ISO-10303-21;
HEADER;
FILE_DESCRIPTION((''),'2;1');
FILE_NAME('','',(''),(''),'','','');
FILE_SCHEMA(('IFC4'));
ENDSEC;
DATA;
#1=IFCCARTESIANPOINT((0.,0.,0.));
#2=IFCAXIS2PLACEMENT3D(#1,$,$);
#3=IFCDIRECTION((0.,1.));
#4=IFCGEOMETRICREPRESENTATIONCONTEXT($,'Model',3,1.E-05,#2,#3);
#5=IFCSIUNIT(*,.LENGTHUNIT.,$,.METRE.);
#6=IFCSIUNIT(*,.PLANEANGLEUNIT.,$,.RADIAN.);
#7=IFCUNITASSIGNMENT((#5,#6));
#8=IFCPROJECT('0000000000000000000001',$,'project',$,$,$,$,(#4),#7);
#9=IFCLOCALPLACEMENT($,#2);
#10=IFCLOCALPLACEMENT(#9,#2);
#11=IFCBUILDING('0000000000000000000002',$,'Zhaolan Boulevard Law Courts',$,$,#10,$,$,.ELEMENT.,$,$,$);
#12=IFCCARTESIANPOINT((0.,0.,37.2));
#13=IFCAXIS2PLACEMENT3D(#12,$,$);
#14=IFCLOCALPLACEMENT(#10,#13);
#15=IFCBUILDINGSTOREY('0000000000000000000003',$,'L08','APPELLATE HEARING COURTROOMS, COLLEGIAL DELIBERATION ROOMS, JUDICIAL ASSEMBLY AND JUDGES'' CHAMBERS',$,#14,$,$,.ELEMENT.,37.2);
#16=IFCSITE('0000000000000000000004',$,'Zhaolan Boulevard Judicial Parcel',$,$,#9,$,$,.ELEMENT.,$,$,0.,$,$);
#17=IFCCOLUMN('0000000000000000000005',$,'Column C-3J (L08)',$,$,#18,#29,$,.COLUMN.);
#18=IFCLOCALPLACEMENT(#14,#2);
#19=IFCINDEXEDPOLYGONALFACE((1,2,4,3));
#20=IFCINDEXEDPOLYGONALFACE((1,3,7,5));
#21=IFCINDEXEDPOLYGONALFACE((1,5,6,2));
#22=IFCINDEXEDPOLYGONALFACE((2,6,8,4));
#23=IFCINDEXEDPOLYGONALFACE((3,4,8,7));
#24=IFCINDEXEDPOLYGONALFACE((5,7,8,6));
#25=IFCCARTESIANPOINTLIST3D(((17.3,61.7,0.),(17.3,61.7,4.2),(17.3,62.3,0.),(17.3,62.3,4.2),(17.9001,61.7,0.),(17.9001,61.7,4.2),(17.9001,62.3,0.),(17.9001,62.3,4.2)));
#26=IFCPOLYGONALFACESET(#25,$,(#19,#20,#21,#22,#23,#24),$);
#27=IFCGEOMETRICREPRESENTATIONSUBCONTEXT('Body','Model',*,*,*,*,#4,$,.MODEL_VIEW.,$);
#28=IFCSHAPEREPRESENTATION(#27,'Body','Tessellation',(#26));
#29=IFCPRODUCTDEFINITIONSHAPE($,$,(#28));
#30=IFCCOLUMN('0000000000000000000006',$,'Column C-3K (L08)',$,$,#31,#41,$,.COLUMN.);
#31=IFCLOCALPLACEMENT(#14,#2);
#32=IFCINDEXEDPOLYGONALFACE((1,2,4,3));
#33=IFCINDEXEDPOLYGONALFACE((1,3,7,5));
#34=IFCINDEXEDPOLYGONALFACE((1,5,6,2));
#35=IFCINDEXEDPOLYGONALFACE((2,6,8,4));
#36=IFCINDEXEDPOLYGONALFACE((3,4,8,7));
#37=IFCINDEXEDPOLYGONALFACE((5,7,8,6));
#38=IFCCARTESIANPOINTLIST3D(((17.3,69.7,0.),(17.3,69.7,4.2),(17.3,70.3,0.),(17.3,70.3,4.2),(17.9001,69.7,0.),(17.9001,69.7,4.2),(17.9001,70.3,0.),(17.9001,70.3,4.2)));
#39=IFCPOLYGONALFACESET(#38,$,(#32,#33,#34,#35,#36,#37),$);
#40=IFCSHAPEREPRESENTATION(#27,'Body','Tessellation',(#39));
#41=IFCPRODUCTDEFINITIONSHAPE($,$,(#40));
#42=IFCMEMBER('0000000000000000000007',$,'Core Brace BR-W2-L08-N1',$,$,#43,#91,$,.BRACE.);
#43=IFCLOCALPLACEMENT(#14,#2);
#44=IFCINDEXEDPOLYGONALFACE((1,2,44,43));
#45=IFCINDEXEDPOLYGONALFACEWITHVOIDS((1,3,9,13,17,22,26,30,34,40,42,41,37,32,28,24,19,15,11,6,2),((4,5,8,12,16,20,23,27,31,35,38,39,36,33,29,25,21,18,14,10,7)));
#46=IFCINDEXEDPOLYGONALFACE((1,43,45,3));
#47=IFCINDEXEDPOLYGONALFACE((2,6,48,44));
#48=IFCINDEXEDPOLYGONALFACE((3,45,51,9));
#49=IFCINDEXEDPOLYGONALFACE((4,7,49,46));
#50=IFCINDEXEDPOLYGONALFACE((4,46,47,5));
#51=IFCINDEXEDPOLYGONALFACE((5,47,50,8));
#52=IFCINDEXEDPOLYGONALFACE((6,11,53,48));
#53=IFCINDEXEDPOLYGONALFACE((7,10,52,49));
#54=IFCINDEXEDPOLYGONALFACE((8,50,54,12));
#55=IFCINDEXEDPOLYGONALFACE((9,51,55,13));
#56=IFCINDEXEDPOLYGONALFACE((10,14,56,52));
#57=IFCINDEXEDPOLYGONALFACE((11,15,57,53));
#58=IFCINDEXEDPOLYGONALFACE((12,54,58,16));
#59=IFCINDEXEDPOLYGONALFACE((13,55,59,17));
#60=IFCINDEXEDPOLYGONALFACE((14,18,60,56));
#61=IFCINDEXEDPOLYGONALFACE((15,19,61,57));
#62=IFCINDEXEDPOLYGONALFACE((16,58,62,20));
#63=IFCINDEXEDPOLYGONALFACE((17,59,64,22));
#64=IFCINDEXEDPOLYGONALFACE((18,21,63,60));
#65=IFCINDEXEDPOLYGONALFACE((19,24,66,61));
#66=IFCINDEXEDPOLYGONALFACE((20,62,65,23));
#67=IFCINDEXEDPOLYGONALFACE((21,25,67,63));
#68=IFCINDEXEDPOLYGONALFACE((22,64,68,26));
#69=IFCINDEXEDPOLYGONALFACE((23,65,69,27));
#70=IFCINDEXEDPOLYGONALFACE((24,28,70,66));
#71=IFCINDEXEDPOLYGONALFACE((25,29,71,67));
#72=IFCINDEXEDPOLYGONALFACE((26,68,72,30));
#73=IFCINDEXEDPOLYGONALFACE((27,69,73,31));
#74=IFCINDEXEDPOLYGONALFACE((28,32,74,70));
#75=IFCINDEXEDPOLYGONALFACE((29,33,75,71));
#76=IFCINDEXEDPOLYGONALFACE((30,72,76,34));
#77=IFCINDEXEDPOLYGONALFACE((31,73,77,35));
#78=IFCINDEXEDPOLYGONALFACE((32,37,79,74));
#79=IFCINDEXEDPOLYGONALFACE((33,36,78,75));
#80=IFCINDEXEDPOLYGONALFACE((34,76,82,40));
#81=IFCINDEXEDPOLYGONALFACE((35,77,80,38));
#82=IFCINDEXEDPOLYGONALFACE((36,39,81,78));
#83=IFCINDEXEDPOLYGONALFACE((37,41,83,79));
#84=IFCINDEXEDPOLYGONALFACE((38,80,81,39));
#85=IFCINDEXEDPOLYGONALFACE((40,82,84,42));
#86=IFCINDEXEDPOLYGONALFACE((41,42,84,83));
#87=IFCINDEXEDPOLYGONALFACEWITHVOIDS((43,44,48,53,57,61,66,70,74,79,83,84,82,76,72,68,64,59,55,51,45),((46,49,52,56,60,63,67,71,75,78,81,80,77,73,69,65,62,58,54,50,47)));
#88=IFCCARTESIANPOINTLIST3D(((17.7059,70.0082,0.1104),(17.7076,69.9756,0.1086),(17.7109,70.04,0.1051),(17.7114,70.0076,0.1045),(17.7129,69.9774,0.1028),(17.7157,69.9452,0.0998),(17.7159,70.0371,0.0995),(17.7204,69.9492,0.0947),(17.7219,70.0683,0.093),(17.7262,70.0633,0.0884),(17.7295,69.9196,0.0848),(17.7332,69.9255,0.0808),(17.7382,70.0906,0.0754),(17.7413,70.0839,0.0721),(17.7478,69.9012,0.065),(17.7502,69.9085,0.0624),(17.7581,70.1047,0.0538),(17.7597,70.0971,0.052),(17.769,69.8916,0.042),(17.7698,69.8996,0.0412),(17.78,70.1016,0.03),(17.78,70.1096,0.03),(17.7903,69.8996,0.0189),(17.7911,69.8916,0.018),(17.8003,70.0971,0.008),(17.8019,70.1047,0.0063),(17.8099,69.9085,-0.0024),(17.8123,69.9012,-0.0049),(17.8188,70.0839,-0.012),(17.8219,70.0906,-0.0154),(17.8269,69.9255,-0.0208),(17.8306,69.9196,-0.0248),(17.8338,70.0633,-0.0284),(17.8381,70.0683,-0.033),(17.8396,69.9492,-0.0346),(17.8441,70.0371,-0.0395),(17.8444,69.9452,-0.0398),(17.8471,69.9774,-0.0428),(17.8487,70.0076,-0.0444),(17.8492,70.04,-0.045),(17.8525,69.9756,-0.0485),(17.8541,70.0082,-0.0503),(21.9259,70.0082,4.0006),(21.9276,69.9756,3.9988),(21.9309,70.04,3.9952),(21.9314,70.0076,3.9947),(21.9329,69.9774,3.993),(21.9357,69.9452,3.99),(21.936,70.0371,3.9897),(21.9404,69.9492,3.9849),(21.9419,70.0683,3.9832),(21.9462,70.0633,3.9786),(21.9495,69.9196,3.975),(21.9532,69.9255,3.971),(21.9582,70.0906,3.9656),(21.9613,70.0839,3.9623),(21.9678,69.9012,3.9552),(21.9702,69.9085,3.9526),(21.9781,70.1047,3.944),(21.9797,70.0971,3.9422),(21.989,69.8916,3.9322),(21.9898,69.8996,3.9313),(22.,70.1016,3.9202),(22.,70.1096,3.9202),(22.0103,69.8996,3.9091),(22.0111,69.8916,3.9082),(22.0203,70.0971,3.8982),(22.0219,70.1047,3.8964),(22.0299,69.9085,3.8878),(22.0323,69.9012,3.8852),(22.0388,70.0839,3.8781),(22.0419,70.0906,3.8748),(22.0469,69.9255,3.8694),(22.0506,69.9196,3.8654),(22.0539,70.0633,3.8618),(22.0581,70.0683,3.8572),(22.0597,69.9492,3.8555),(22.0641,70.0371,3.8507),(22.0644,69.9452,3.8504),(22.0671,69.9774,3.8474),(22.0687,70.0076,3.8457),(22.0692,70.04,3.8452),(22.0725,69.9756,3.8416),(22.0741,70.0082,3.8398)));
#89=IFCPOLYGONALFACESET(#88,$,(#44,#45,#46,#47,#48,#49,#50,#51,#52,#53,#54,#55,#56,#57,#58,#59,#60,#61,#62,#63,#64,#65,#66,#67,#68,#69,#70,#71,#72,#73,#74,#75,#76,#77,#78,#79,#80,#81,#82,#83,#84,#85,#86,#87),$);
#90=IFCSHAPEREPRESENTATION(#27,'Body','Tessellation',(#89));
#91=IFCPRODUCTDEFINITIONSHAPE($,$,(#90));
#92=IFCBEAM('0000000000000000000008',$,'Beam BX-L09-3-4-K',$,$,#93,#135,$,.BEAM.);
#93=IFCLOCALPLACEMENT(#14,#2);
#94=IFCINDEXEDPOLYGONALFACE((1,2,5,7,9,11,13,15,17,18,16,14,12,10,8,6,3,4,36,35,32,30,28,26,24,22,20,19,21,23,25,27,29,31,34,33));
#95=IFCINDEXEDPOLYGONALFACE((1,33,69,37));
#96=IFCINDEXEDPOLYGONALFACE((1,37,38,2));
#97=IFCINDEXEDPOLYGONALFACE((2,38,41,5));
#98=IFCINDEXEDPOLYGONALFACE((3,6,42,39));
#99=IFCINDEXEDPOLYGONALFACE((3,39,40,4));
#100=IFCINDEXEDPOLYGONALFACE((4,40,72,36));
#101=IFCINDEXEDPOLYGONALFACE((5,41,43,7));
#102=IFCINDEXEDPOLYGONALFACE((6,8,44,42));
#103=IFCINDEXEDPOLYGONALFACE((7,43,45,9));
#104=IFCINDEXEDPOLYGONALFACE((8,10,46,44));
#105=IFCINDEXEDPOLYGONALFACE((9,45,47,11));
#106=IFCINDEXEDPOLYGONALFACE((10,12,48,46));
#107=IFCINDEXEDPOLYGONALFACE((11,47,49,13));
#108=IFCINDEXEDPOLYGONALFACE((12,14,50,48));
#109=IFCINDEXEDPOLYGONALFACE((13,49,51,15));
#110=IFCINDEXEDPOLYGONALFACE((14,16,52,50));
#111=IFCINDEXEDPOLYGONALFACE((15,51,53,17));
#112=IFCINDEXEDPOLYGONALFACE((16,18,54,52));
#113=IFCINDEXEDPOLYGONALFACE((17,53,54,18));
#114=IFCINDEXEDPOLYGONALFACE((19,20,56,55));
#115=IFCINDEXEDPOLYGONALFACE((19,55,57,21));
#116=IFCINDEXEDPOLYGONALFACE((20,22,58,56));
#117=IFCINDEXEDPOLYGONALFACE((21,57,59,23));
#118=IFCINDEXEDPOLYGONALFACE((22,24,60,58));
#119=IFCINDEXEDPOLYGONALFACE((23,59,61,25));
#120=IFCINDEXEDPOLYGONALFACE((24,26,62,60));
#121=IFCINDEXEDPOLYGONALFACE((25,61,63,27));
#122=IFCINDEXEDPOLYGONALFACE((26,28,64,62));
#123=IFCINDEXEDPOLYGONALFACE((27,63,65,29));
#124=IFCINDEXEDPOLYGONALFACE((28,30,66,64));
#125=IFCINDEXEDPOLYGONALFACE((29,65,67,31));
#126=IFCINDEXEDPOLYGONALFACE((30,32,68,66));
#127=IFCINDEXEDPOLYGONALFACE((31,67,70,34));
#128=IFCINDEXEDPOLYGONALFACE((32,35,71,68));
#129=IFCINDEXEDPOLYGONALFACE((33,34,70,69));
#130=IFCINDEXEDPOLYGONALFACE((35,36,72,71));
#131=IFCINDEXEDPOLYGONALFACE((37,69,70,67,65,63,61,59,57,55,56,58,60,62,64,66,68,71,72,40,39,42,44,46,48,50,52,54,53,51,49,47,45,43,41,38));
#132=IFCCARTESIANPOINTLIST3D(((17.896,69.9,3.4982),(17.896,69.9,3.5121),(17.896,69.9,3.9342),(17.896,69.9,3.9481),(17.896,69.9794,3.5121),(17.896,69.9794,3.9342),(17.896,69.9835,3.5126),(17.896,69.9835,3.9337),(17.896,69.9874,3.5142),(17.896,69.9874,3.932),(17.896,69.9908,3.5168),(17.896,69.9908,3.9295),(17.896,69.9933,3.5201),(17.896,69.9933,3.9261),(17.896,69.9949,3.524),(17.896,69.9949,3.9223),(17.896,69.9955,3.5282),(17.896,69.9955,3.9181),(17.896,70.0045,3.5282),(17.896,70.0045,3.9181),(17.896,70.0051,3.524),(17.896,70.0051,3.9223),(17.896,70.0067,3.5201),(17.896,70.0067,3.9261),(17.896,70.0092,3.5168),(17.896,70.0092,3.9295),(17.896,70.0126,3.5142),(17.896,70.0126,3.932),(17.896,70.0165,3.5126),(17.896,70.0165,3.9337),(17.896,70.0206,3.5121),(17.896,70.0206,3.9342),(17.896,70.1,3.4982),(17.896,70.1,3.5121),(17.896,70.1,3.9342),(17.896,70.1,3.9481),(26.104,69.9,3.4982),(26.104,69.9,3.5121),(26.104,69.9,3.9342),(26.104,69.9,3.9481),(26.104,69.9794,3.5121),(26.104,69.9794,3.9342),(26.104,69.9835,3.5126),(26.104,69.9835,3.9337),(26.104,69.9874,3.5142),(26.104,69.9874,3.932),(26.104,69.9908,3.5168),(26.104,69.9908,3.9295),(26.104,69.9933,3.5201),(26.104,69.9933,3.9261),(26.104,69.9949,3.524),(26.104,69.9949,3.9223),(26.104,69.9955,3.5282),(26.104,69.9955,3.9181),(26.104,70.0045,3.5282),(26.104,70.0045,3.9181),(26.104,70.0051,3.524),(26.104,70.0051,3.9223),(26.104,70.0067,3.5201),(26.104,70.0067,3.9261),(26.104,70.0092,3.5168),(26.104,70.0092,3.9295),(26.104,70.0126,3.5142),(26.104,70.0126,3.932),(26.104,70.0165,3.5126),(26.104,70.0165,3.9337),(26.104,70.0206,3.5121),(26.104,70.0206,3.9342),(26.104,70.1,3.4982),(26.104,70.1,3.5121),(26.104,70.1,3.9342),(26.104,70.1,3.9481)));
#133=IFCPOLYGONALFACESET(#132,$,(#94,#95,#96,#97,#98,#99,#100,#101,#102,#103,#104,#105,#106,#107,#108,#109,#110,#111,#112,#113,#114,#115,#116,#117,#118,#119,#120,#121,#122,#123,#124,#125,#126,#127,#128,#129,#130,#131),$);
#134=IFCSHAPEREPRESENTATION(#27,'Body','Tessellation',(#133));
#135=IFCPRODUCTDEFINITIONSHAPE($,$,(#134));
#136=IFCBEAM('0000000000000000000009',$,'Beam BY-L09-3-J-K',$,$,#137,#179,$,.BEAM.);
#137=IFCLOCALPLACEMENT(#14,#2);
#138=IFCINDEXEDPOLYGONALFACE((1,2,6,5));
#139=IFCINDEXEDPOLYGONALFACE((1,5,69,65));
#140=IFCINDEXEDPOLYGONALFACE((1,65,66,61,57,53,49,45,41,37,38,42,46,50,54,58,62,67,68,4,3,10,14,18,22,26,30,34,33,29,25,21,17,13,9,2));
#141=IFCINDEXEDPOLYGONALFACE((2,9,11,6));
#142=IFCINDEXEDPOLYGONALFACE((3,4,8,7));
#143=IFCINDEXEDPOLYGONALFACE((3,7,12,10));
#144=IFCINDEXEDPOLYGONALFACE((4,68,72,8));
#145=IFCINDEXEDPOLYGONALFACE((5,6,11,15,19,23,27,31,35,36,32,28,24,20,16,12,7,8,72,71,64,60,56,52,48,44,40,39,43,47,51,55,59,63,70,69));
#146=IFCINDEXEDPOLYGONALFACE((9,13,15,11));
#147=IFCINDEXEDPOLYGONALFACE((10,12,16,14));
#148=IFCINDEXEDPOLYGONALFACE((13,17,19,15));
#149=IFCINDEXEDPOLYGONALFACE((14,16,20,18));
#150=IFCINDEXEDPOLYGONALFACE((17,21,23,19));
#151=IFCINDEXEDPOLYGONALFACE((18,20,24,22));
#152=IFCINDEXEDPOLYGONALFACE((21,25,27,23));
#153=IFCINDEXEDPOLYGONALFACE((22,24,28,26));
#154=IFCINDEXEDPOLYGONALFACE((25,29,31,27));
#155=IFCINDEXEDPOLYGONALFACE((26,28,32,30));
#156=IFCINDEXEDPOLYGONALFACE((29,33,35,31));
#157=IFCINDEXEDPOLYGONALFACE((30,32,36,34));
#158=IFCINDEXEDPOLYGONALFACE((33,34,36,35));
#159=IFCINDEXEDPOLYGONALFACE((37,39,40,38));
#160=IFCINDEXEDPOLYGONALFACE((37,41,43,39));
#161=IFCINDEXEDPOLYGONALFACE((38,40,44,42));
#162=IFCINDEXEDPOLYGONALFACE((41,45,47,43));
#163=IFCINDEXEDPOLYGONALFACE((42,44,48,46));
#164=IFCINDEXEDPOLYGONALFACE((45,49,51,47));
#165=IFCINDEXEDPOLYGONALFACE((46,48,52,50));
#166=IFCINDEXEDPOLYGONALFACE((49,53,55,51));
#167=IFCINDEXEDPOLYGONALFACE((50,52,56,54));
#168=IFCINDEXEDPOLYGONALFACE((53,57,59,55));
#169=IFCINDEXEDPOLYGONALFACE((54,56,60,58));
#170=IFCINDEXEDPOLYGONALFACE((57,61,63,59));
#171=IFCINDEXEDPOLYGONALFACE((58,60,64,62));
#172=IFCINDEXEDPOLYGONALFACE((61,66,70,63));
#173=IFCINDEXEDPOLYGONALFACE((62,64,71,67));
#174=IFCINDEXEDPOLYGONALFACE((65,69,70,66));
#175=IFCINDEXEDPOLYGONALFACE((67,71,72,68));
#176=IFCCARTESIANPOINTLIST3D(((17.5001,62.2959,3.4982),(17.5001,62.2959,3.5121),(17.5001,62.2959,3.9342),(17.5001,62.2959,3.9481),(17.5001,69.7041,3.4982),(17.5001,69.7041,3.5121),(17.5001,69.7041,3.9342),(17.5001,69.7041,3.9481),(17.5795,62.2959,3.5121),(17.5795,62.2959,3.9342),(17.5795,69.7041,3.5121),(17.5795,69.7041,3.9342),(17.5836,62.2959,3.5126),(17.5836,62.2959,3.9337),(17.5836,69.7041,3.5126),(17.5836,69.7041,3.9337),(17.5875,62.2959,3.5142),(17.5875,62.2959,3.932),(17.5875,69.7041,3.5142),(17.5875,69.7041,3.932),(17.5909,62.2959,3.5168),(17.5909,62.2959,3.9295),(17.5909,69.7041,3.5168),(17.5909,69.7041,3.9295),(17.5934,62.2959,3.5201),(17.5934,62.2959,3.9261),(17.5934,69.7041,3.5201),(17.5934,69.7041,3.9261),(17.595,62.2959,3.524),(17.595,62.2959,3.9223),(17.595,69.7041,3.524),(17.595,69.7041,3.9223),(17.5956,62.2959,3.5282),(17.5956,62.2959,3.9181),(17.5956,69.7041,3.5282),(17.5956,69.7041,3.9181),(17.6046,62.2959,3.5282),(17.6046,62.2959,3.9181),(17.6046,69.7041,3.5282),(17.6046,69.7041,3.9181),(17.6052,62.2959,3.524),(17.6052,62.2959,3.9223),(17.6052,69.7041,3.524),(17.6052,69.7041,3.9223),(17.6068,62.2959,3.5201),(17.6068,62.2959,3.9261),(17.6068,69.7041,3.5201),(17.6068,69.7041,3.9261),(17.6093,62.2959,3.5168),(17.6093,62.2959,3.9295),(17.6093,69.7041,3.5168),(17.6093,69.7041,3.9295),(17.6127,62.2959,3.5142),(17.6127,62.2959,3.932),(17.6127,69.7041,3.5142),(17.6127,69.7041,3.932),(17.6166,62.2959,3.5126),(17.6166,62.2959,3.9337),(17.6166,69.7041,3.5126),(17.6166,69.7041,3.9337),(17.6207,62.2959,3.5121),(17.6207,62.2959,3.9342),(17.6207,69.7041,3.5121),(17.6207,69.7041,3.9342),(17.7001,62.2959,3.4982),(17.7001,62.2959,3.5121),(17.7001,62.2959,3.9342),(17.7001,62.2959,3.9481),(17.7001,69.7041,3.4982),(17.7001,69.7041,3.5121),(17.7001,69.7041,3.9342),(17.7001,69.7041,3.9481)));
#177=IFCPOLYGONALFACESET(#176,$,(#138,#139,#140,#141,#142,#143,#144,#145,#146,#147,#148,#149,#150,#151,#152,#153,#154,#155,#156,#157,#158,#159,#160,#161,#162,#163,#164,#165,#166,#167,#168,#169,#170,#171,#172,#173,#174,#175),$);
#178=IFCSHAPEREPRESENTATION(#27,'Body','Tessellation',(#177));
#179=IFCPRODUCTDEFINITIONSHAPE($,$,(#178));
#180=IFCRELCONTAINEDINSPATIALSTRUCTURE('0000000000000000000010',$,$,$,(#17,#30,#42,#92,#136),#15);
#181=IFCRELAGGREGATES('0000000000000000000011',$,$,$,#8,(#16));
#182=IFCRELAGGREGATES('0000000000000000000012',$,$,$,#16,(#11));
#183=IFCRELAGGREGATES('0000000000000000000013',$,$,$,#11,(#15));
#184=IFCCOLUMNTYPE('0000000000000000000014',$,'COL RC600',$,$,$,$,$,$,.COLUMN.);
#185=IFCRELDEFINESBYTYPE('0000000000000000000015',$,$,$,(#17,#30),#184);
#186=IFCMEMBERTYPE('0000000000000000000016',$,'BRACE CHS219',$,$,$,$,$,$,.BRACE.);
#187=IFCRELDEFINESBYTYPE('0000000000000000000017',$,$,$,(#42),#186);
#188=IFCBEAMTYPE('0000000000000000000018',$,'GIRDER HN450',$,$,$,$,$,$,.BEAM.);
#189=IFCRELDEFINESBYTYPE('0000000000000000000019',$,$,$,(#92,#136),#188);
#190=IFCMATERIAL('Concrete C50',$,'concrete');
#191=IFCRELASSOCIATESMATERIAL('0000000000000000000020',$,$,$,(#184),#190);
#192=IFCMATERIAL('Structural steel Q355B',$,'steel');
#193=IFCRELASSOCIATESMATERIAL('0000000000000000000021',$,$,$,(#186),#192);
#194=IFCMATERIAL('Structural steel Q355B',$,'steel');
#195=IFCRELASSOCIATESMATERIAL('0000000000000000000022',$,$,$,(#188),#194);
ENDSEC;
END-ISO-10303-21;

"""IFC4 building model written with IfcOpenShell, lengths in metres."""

from ifc_helpers import new_model, si_unit, direction, frame, origin, origin_2d, place, context, subcontext, project, spatial, rectangle, hollow_circle, i_section, extrude, material, material_profile, profile_set, type_object, element, save


model = new_model("IFC4")

# Units and contexts
model_context = context("Model", 3, precision=1e-05, world=origin(), true_north=direction((0.0, 1.0)))
body_context = subcontext(model_context, "Body", "Model", "MODEL_VIEW")
ifc_project = project(units=[si_unit("LENGTHUNIT", "METRE"), si_unit("PLANEANGLEUNIT", "RADIAN")], contexts=[model_context])

# Site, building, storey
site_placement = place(None, origin())
site = spatial("IfcSite", under=ifc_project, at=site_placement, Name="Zhaolan Boulevard Judicial Parcel", CompositionType="ELEMENT", RefElevation=0.0)
building_placement = place(site_placement, origin())
building = spatial("IfcBuilding", under=site, at=building_placement, Name="Zhaolan Boulevard Law Courts", CompositionType="ELEMENT")
storey_placement = place(building_placement, frame((0.0, 0.0, 37.2)))
storey = spatial("IfcBuildingStorey", under=building, at=storey_placement, Name="L08", Description="APPELLATE HEARING COURTROOMS, COLLEGIAL DELIBERATION ROOMS, JUDICIAL ASSEMBLY AND JUDGES' CHAMBERS", CompositionType="ELEMENT", Elevation=37.2)

# Columns
ifc_material_1 = material(Name="Concrete C50", Category="concrete")
ifc_material_profile_1 = material_profile(ifc_material_1, rectangle(XDim=0.6001, YDim=0.6001, at=origin_2d()), Name="RC600x600")
ifc_profile_set_1 = profile_set([ifc_material_profile_1], Name="Concrete C50")
column_type = type_object("IfcColumnType", Name="COL RC600", PredefinedType="COLUMN", material=ifc_profile_set_1)
for number, where, z_axis, x_axis, name in (
    (1, (17.6001, 62.0, 0.0), (0.0, 0.0, 1.0), (1.0, 0.0, 0.0), "Column C-3J (L08)"),
    (2, (17.6001, 70.0, 0.0), (0.0, 0.0, 1.0), (1.0, 0.0, 0.0), "Column C-3K (L08)"),
):
    element("IfcColumn", number, at=place(storey_placement, frame(where, z_axis=z_axis, x_axis=x_axis)), inside=storey, type_object=column_type, Name=name, PredefinedType="COLUMN", context=body_context, shape_type="SweptSolid", body=[
        extrude(rectangle(XDim=0.6001, YDim=0.6001, at=origin_2d()), origin(), (0.0, 0.0, 1.0), 4.2),
    ])

# Member
ifc_material_2 = material(Name="Structural steel Q355B", Category="steel")
ifc_material_profile_2 = material_profile(ifc_material_2, hollow_circle(Radius=0.1096, WallThickness=0.0081, at=origin_2d()), Name="CHS219x8")
ifc_profile_set_2 = profile_set([ifc_material_profile_2], Name="Structural steel Q355B")
member_type_1 = type_object("IfcMemberType", Name="BRACE CHS219", PredefinedType="BRACE", material=ifc_profile_set_2)
member_1_placement = place(storey_placement, frame((17.78, 70.0, 0.03), z_axis=(0.735257, 0.0, 0.677789), x_axis=(0.0, 1.0, 0.0)))
element("IfcMember", 3, at=member_1_placement, inside=storey, type_object=member_type_1, Name="Core Brace BR-W2-L08-N1", PredefinedType="BRACE", context=body_context, shape_type="SweptSolid", body=[
    extrude(hollow_circle(Radius=0.1096, WallThickness=0.0081, at=origin_2d()), origin(), (0.0, 0.0, 1.0), 5.7395),
])

# Beams
ifc_material_3 = material(Name="Structural steel Q355B", Category="steel")
ifc_material_profile_3 = material_profile(ifc_material_3, i_section(OverallWidth=0.2, OverallDepth=0.45, WebThickness=0.009, FlangeThickness=0.0139, FilletRadius=0.0161, at=origin_2d()), Name="HN450x200")
ifc_profile_set_3 = profile_set([ifc_material_profile_3], Name="Structural steel Q355B")
beam_type_1 = type_object("IfcBeamType", Name="GIRDER HN450", PredefinedType="BEAM", material=ifc_profile_set_3)
beam_1_placement = place(storey_placement, frame((17.896, 70.0, 3.7231), z_axis=(1.0, 0.0, 0.0), x_axis=(0.0, 1.0, 0.0)))
element("IfcBeam", 4, at=beam_1_placement, inside=storey, type_object=beam_type_1, Name="Beam BX-L09-3-4-K", PredefinedType="BEAM", context=body_context, shape_type="SweptSolid", body=[
    extrude(i_section(OverallWidth=0.2, OverallDepth=0.45, WebThickness=0.009, FlangeThickness=0.0139, FilletRadius=0.0161, at=origin_2d()), origin(), (0.0, 0.0, 1.0), 8.208),
])
beam_2_placement = place(storey_placement, frame((17.6001, 62.2959, 3.7231), z_axis=(0.0, 1.0, 0.0), x_axis=(-1.0, 0.0, 0.0)))
element("IfcBeam", 5, at=beam_2_placement, inside=storey, type_object=beam_type_1, Name="Beam BY-L09-3-J-K", PredefinedType="BEAM", context=body_context, shape_type="SweptSolid", body=[
    extrude(i_section(OverallWidth=0.2, OverallDepth=0.45, WebThickness=0.009, FlangeThickness=0.0139, FilletRadius=0.0161, at=origin_2d()), origin(), (0.0, 0.0, 1.0), 7.4082),
])

save(model, "model.ifc")
